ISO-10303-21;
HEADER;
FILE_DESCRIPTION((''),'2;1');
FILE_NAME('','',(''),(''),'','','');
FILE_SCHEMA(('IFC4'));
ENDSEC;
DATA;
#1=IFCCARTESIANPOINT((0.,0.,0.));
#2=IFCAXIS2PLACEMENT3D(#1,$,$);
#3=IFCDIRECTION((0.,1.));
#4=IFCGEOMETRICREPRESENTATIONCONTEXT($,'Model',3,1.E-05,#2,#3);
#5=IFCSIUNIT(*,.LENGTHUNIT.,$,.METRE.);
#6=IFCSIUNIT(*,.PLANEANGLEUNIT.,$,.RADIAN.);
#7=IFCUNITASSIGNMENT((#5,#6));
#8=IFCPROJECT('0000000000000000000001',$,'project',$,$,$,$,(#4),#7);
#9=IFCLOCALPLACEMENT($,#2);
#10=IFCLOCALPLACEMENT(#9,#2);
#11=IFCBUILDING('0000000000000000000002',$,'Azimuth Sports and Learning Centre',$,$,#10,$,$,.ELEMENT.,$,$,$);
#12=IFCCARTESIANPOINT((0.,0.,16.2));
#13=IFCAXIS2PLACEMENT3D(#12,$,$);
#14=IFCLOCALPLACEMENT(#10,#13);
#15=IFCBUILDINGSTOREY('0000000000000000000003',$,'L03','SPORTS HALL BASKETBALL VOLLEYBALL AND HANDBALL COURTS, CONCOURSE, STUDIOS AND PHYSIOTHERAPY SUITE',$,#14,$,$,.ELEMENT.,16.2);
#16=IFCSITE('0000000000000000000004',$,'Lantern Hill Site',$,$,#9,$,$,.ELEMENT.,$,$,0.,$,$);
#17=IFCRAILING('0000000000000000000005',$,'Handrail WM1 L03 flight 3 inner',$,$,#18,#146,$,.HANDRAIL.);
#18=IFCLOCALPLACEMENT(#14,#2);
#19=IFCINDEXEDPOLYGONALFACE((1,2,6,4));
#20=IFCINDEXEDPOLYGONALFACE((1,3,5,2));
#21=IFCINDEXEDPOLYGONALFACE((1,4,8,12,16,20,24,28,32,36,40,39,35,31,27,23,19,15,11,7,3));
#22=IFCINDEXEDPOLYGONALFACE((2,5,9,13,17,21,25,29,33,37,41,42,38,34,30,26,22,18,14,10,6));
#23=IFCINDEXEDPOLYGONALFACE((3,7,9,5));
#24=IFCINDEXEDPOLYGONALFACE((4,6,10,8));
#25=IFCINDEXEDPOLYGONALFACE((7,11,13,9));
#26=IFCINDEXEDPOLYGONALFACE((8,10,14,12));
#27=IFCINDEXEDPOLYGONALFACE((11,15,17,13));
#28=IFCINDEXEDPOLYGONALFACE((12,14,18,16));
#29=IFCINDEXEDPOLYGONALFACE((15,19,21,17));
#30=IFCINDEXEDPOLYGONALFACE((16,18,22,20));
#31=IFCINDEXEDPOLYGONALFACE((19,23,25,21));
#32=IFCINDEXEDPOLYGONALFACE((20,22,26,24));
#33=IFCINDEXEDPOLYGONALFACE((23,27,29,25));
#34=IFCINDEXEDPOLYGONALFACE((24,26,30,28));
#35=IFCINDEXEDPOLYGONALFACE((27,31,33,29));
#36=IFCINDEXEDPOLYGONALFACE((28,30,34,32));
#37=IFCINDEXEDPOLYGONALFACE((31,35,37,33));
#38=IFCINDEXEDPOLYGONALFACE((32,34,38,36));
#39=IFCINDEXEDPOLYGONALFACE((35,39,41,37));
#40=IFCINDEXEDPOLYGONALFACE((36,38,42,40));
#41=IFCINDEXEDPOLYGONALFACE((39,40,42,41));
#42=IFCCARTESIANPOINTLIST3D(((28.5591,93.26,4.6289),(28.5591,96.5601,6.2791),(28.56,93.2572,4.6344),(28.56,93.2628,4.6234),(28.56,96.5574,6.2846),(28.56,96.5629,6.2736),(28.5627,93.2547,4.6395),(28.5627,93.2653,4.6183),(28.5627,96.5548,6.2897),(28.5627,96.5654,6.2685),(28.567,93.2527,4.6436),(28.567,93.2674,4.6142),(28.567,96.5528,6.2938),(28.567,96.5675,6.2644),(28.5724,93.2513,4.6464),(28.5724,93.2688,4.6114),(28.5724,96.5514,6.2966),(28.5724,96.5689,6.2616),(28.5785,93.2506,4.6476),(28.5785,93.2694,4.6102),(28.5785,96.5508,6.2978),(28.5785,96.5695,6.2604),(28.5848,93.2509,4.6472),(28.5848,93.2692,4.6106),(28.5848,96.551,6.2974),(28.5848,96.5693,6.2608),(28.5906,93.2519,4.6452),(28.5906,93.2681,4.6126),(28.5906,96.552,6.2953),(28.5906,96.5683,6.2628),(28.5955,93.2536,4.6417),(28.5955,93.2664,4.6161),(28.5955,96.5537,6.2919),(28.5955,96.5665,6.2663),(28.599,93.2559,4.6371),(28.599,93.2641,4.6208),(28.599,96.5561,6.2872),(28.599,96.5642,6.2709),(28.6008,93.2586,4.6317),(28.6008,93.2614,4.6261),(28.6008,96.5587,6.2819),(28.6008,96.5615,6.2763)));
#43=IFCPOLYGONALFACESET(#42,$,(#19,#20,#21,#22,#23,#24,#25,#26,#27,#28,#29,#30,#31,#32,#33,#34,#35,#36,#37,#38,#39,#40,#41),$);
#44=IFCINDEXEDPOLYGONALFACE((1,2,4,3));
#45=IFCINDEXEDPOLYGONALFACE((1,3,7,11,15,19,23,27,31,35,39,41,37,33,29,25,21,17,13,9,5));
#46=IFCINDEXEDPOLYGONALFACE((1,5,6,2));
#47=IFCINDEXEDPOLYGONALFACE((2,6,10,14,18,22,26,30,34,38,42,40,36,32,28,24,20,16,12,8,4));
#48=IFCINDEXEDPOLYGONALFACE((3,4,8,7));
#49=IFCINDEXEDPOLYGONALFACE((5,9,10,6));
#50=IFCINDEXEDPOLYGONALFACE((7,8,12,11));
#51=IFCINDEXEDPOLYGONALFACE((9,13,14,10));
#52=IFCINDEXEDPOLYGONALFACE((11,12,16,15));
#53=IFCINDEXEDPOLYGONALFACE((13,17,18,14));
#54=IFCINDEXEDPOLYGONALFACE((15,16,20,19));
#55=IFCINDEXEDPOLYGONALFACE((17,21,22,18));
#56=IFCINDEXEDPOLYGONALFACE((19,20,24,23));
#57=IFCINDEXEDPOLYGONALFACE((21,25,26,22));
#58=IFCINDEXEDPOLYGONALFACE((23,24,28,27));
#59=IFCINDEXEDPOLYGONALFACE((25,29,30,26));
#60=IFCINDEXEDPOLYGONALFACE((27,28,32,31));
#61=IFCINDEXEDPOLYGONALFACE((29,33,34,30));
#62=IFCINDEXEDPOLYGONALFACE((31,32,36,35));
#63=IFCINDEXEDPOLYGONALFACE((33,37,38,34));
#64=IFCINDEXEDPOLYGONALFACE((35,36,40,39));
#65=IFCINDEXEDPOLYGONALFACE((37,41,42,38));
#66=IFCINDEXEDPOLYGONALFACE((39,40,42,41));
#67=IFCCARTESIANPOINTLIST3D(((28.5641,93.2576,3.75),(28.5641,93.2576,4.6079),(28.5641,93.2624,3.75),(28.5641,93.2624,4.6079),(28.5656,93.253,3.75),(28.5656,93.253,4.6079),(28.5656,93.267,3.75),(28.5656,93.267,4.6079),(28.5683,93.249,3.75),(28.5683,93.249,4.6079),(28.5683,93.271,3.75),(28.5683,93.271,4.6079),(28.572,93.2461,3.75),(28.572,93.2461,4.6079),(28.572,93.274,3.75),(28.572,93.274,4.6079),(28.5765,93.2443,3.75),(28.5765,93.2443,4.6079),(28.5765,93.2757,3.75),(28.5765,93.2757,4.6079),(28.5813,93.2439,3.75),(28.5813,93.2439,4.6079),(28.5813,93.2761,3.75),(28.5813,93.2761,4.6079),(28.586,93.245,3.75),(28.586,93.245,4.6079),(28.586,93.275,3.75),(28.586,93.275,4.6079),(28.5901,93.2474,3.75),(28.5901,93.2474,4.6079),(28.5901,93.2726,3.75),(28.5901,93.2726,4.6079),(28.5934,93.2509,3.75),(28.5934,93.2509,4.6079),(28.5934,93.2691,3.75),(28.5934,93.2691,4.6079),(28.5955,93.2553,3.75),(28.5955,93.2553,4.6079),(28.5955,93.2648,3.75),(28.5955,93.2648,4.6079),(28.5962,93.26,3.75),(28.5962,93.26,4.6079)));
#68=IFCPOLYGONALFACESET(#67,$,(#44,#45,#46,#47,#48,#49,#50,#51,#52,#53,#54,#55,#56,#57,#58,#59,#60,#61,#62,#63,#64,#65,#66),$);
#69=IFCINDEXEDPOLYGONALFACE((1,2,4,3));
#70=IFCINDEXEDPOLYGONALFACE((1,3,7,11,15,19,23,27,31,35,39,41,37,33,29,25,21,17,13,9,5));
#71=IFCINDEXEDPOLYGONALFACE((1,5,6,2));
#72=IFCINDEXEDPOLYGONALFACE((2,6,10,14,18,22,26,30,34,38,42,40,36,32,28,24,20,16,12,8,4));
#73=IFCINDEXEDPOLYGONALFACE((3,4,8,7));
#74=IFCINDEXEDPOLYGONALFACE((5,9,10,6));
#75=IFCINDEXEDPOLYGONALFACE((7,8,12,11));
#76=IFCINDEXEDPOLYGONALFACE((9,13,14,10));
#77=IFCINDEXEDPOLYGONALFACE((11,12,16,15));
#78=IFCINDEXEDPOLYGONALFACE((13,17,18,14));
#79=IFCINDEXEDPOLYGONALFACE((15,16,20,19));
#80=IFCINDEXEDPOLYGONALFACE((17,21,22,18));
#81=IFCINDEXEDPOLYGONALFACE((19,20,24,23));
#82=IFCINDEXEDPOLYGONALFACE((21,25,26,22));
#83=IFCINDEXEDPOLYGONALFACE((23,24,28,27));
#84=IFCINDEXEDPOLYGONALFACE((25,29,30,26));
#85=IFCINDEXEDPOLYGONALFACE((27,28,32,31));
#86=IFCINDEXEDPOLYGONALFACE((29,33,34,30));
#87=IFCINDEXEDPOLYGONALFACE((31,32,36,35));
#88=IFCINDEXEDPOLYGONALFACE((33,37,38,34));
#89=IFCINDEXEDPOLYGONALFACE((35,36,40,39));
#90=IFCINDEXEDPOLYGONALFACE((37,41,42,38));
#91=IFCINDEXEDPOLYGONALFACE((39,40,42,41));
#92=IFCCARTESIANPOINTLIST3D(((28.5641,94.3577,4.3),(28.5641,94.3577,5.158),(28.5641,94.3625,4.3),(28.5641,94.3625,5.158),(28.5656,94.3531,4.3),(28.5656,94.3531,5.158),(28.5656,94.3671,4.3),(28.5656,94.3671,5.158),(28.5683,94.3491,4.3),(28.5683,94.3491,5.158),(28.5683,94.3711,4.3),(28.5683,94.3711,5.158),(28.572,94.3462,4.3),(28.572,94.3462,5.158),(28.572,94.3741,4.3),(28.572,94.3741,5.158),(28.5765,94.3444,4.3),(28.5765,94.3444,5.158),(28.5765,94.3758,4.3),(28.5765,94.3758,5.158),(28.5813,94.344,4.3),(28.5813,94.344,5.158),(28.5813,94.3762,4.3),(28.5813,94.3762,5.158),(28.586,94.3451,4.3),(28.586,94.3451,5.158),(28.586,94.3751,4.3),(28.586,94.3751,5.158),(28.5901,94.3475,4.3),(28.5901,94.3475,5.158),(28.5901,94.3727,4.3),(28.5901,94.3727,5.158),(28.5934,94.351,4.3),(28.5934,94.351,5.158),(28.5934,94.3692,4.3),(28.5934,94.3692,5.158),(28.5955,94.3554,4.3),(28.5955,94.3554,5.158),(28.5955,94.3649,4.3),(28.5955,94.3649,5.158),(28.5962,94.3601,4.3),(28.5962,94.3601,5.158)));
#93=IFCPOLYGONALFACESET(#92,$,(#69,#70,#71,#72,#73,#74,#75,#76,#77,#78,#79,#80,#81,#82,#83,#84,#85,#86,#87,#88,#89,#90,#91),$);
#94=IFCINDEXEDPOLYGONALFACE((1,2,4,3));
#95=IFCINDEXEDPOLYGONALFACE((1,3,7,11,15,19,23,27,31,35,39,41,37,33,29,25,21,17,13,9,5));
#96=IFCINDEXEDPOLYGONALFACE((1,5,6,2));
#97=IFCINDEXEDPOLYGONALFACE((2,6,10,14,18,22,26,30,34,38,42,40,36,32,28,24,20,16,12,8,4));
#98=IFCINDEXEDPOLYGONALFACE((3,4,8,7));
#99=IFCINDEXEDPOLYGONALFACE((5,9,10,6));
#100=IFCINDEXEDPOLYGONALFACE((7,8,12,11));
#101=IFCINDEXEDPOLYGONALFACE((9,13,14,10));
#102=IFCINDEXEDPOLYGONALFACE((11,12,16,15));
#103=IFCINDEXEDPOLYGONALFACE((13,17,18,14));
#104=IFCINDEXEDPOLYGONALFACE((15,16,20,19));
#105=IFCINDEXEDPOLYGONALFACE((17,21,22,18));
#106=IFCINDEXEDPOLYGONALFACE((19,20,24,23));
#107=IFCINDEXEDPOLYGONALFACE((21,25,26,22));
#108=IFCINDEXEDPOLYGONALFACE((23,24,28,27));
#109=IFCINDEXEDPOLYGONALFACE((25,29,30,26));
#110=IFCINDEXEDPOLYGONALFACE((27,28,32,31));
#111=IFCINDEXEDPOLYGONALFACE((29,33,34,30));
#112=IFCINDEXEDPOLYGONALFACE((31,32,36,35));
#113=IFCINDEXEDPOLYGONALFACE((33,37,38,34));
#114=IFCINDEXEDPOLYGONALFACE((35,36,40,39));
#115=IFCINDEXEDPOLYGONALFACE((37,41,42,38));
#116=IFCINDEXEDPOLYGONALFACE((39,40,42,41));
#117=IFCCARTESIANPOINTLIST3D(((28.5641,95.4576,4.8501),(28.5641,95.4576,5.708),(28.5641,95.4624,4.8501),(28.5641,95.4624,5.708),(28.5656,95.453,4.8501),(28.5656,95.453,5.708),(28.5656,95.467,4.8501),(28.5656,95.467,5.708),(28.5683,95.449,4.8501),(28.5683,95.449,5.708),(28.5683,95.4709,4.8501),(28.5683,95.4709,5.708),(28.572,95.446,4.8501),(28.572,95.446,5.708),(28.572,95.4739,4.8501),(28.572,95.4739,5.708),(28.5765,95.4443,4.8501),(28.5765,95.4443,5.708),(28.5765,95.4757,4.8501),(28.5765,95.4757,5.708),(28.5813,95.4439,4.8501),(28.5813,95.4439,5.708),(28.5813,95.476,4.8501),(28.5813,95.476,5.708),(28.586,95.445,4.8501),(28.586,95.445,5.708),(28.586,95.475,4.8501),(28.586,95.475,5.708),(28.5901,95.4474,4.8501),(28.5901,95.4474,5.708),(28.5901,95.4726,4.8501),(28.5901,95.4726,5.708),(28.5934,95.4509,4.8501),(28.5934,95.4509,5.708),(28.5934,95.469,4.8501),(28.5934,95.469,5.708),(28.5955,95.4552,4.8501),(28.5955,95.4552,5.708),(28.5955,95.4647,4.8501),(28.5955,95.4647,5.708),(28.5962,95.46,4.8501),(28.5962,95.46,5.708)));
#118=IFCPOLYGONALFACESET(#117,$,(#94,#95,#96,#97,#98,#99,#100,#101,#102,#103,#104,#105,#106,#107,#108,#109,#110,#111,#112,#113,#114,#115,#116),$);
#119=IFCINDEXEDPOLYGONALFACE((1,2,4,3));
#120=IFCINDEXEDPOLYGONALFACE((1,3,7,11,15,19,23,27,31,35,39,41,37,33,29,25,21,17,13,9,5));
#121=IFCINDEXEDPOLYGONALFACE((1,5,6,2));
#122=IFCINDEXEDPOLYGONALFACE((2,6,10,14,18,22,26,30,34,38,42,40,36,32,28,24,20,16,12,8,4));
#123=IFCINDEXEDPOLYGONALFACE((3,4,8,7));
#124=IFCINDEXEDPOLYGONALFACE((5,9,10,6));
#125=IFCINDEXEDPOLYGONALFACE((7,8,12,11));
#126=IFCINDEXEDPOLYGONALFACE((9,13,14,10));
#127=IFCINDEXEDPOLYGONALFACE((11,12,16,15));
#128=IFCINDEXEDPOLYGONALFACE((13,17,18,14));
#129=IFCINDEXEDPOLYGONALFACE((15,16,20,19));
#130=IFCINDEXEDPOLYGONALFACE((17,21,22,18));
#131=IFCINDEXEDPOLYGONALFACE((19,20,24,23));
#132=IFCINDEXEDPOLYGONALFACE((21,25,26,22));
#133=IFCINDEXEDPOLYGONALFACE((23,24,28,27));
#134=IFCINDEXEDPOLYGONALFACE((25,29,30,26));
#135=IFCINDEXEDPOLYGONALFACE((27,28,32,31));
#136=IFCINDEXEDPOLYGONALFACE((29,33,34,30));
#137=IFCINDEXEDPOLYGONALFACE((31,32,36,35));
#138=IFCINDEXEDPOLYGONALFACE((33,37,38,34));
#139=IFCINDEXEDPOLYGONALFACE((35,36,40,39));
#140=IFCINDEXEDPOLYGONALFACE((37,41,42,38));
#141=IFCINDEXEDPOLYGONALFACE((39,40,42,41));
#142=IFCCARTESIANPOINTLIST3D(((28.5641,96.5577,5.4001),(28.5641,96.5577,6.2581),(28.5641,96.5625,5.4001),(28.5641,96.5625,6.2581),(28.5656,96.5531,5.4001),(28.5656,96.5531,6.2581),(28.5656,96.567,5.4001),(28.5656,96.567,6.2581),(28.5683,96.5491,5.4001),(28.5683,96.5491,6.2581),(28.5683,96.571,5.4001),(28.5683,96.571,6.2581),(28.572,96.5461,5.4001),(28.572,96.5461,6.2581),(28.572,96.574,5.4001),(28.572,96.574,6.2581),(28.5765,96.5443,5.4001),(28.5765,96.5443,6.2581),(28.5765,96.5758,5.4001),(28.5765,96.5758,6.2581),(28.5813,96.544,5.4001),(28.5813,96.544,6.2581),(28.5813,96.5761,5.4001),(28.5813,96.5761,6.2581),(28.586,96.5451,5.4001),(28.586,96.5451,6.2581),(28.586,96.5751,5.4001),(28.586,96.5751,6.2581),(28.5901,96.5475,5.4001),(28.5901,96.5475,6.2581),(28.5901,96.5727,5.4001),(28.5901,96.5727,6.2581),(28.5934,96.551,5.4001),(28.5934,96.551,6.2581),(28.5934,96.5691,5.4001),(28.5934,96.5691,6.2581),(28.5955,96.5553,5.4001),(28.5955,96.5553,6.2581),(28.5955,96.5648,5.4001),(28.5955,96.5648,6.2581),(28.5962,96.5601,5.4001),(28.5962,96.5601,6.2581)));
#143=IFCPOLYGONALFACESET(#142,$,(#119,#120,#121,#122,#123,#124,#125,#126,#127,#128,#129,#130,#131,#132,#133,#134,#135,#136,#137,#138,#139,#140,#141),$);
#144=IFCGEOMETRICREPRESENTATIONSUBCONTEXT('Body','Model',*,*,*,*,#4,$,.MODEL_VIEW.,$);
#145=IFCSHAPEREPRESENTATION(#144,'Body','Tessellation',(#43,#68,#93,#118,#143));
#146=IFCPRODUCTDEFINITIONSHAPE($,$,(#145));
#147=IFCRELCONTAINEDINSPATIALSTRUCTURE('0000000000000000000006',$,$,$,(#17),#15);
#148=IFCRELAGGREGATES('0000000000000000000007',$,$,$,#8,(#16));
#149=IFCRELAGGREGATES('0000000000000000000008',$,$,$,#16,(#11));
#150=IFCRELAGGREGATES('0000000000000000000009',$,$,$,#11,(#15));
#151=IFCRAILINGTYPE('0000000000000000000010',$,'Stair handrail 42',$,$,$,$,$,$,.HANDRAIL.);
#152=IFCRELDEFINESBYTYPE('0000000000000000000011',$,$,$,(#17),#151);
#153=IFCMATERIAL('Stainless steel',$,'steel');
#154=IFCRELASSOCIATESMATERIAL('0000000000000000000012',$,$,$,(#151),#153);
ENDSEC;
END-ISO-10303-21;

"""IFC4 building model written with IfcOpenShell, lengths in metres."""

from ifc_helpers import new_model, si_unit, direction, frame, origin, origin_2d, place, context, subcontext, project, spatial, circle, extrude, material, type_object, element, save


model = new_model("IFC4")

# Units and contexts
model_context = context("Model", 3, precision=1e-05, world=origin(), true_north=direction((0.0, 1.0)))
body_context = subcontext(model_context, "Body", "Model", "MODEL_VIEW")
ifc_project = project(units=[si_unit("LENGTHUNIT", "METRE"), si_unit("PLANEANGLEUNIT", "RADIAN")], contexts=[model_context])

# Site, building, storey
site_placement = place(None, origin())
site = spatial("IfcSite", under=ifc_project, at=site_placement, Name="Lantern Hill Site", CompositionType="ELEMENT", RefElevation=0.0)
building_placement = place(site_placement, origin())
building = spatial("IfcBuilding", under=site, at=building_placement, Name="Azimuth Sports and Learning Centre", CompositionType="ELEMENT")
storey_placement = place(building_placement, frame((0.0, 0.0, 16.2)))
storey = spatial("IfcBuildingStorey", under=building, at=storey_placement, Name="L03", Description="SPORTS HALL BASKETBALL VOLLEYBALL AND HANDBALL COURTS, CONCOURSE, STUDIOS AND PHYSIOTHERAPY SUITE", CompositionType="ELEMENT", Elevation=16.2)

# Railing
ifc_material_1 = material(Name="Stainless steel", Category="steel")
railing_type = type_object("IfcRailingType", Name="Stair handrail 42", PredefinedType="HANDRAIL", material=ifc_material_1)
for number, where, name in (
    (1, (28.5801, 93.26, 3.75), "Handrail WM1 L03 flight 3 inner"),
):
    element("IfcRailing", number, at=place(storey_placement, frame(where)), inside=storey, type_object=railing_type, Name=name, PredefinedType="HANDRAIL", context=body_context, shape_type="SweptSolid", body=[
        extrude(circle(Radius=0.021, at=origin_2d()), frame((0.0, 0.0, 0.8789), z_axis=(0.0, 0.894414, 0.44724), x_axis=(-1.0, 0.0, 0.0)), (0.0, 0.0, 1.0), 3.6897),
        extrude(circle(Radius=0.0161, at=origin_2d()), origin(), (0.0, 0.0, 1.0), 0.8579),
        extrude(circle(Radius=0.0161, at=origin_2d()), frame((0.0, 1.1001, 0.55)), (0.0, 0.0, 1.0), 0.8579),
        extrude(circle(Radius=0.0161, at=origin_2d()), frame((0.0, 2.2, 1.1001)), (0.0, 0.0, 1.0), 0.8579),
        extrude(circle(Radius=0.0161, at=origin_2d()), frame((0.0, 3.3, 1.6501)), (0.0, 0.0, 1.0), 0.8579),
    ])

save(model, "model.ifc")
